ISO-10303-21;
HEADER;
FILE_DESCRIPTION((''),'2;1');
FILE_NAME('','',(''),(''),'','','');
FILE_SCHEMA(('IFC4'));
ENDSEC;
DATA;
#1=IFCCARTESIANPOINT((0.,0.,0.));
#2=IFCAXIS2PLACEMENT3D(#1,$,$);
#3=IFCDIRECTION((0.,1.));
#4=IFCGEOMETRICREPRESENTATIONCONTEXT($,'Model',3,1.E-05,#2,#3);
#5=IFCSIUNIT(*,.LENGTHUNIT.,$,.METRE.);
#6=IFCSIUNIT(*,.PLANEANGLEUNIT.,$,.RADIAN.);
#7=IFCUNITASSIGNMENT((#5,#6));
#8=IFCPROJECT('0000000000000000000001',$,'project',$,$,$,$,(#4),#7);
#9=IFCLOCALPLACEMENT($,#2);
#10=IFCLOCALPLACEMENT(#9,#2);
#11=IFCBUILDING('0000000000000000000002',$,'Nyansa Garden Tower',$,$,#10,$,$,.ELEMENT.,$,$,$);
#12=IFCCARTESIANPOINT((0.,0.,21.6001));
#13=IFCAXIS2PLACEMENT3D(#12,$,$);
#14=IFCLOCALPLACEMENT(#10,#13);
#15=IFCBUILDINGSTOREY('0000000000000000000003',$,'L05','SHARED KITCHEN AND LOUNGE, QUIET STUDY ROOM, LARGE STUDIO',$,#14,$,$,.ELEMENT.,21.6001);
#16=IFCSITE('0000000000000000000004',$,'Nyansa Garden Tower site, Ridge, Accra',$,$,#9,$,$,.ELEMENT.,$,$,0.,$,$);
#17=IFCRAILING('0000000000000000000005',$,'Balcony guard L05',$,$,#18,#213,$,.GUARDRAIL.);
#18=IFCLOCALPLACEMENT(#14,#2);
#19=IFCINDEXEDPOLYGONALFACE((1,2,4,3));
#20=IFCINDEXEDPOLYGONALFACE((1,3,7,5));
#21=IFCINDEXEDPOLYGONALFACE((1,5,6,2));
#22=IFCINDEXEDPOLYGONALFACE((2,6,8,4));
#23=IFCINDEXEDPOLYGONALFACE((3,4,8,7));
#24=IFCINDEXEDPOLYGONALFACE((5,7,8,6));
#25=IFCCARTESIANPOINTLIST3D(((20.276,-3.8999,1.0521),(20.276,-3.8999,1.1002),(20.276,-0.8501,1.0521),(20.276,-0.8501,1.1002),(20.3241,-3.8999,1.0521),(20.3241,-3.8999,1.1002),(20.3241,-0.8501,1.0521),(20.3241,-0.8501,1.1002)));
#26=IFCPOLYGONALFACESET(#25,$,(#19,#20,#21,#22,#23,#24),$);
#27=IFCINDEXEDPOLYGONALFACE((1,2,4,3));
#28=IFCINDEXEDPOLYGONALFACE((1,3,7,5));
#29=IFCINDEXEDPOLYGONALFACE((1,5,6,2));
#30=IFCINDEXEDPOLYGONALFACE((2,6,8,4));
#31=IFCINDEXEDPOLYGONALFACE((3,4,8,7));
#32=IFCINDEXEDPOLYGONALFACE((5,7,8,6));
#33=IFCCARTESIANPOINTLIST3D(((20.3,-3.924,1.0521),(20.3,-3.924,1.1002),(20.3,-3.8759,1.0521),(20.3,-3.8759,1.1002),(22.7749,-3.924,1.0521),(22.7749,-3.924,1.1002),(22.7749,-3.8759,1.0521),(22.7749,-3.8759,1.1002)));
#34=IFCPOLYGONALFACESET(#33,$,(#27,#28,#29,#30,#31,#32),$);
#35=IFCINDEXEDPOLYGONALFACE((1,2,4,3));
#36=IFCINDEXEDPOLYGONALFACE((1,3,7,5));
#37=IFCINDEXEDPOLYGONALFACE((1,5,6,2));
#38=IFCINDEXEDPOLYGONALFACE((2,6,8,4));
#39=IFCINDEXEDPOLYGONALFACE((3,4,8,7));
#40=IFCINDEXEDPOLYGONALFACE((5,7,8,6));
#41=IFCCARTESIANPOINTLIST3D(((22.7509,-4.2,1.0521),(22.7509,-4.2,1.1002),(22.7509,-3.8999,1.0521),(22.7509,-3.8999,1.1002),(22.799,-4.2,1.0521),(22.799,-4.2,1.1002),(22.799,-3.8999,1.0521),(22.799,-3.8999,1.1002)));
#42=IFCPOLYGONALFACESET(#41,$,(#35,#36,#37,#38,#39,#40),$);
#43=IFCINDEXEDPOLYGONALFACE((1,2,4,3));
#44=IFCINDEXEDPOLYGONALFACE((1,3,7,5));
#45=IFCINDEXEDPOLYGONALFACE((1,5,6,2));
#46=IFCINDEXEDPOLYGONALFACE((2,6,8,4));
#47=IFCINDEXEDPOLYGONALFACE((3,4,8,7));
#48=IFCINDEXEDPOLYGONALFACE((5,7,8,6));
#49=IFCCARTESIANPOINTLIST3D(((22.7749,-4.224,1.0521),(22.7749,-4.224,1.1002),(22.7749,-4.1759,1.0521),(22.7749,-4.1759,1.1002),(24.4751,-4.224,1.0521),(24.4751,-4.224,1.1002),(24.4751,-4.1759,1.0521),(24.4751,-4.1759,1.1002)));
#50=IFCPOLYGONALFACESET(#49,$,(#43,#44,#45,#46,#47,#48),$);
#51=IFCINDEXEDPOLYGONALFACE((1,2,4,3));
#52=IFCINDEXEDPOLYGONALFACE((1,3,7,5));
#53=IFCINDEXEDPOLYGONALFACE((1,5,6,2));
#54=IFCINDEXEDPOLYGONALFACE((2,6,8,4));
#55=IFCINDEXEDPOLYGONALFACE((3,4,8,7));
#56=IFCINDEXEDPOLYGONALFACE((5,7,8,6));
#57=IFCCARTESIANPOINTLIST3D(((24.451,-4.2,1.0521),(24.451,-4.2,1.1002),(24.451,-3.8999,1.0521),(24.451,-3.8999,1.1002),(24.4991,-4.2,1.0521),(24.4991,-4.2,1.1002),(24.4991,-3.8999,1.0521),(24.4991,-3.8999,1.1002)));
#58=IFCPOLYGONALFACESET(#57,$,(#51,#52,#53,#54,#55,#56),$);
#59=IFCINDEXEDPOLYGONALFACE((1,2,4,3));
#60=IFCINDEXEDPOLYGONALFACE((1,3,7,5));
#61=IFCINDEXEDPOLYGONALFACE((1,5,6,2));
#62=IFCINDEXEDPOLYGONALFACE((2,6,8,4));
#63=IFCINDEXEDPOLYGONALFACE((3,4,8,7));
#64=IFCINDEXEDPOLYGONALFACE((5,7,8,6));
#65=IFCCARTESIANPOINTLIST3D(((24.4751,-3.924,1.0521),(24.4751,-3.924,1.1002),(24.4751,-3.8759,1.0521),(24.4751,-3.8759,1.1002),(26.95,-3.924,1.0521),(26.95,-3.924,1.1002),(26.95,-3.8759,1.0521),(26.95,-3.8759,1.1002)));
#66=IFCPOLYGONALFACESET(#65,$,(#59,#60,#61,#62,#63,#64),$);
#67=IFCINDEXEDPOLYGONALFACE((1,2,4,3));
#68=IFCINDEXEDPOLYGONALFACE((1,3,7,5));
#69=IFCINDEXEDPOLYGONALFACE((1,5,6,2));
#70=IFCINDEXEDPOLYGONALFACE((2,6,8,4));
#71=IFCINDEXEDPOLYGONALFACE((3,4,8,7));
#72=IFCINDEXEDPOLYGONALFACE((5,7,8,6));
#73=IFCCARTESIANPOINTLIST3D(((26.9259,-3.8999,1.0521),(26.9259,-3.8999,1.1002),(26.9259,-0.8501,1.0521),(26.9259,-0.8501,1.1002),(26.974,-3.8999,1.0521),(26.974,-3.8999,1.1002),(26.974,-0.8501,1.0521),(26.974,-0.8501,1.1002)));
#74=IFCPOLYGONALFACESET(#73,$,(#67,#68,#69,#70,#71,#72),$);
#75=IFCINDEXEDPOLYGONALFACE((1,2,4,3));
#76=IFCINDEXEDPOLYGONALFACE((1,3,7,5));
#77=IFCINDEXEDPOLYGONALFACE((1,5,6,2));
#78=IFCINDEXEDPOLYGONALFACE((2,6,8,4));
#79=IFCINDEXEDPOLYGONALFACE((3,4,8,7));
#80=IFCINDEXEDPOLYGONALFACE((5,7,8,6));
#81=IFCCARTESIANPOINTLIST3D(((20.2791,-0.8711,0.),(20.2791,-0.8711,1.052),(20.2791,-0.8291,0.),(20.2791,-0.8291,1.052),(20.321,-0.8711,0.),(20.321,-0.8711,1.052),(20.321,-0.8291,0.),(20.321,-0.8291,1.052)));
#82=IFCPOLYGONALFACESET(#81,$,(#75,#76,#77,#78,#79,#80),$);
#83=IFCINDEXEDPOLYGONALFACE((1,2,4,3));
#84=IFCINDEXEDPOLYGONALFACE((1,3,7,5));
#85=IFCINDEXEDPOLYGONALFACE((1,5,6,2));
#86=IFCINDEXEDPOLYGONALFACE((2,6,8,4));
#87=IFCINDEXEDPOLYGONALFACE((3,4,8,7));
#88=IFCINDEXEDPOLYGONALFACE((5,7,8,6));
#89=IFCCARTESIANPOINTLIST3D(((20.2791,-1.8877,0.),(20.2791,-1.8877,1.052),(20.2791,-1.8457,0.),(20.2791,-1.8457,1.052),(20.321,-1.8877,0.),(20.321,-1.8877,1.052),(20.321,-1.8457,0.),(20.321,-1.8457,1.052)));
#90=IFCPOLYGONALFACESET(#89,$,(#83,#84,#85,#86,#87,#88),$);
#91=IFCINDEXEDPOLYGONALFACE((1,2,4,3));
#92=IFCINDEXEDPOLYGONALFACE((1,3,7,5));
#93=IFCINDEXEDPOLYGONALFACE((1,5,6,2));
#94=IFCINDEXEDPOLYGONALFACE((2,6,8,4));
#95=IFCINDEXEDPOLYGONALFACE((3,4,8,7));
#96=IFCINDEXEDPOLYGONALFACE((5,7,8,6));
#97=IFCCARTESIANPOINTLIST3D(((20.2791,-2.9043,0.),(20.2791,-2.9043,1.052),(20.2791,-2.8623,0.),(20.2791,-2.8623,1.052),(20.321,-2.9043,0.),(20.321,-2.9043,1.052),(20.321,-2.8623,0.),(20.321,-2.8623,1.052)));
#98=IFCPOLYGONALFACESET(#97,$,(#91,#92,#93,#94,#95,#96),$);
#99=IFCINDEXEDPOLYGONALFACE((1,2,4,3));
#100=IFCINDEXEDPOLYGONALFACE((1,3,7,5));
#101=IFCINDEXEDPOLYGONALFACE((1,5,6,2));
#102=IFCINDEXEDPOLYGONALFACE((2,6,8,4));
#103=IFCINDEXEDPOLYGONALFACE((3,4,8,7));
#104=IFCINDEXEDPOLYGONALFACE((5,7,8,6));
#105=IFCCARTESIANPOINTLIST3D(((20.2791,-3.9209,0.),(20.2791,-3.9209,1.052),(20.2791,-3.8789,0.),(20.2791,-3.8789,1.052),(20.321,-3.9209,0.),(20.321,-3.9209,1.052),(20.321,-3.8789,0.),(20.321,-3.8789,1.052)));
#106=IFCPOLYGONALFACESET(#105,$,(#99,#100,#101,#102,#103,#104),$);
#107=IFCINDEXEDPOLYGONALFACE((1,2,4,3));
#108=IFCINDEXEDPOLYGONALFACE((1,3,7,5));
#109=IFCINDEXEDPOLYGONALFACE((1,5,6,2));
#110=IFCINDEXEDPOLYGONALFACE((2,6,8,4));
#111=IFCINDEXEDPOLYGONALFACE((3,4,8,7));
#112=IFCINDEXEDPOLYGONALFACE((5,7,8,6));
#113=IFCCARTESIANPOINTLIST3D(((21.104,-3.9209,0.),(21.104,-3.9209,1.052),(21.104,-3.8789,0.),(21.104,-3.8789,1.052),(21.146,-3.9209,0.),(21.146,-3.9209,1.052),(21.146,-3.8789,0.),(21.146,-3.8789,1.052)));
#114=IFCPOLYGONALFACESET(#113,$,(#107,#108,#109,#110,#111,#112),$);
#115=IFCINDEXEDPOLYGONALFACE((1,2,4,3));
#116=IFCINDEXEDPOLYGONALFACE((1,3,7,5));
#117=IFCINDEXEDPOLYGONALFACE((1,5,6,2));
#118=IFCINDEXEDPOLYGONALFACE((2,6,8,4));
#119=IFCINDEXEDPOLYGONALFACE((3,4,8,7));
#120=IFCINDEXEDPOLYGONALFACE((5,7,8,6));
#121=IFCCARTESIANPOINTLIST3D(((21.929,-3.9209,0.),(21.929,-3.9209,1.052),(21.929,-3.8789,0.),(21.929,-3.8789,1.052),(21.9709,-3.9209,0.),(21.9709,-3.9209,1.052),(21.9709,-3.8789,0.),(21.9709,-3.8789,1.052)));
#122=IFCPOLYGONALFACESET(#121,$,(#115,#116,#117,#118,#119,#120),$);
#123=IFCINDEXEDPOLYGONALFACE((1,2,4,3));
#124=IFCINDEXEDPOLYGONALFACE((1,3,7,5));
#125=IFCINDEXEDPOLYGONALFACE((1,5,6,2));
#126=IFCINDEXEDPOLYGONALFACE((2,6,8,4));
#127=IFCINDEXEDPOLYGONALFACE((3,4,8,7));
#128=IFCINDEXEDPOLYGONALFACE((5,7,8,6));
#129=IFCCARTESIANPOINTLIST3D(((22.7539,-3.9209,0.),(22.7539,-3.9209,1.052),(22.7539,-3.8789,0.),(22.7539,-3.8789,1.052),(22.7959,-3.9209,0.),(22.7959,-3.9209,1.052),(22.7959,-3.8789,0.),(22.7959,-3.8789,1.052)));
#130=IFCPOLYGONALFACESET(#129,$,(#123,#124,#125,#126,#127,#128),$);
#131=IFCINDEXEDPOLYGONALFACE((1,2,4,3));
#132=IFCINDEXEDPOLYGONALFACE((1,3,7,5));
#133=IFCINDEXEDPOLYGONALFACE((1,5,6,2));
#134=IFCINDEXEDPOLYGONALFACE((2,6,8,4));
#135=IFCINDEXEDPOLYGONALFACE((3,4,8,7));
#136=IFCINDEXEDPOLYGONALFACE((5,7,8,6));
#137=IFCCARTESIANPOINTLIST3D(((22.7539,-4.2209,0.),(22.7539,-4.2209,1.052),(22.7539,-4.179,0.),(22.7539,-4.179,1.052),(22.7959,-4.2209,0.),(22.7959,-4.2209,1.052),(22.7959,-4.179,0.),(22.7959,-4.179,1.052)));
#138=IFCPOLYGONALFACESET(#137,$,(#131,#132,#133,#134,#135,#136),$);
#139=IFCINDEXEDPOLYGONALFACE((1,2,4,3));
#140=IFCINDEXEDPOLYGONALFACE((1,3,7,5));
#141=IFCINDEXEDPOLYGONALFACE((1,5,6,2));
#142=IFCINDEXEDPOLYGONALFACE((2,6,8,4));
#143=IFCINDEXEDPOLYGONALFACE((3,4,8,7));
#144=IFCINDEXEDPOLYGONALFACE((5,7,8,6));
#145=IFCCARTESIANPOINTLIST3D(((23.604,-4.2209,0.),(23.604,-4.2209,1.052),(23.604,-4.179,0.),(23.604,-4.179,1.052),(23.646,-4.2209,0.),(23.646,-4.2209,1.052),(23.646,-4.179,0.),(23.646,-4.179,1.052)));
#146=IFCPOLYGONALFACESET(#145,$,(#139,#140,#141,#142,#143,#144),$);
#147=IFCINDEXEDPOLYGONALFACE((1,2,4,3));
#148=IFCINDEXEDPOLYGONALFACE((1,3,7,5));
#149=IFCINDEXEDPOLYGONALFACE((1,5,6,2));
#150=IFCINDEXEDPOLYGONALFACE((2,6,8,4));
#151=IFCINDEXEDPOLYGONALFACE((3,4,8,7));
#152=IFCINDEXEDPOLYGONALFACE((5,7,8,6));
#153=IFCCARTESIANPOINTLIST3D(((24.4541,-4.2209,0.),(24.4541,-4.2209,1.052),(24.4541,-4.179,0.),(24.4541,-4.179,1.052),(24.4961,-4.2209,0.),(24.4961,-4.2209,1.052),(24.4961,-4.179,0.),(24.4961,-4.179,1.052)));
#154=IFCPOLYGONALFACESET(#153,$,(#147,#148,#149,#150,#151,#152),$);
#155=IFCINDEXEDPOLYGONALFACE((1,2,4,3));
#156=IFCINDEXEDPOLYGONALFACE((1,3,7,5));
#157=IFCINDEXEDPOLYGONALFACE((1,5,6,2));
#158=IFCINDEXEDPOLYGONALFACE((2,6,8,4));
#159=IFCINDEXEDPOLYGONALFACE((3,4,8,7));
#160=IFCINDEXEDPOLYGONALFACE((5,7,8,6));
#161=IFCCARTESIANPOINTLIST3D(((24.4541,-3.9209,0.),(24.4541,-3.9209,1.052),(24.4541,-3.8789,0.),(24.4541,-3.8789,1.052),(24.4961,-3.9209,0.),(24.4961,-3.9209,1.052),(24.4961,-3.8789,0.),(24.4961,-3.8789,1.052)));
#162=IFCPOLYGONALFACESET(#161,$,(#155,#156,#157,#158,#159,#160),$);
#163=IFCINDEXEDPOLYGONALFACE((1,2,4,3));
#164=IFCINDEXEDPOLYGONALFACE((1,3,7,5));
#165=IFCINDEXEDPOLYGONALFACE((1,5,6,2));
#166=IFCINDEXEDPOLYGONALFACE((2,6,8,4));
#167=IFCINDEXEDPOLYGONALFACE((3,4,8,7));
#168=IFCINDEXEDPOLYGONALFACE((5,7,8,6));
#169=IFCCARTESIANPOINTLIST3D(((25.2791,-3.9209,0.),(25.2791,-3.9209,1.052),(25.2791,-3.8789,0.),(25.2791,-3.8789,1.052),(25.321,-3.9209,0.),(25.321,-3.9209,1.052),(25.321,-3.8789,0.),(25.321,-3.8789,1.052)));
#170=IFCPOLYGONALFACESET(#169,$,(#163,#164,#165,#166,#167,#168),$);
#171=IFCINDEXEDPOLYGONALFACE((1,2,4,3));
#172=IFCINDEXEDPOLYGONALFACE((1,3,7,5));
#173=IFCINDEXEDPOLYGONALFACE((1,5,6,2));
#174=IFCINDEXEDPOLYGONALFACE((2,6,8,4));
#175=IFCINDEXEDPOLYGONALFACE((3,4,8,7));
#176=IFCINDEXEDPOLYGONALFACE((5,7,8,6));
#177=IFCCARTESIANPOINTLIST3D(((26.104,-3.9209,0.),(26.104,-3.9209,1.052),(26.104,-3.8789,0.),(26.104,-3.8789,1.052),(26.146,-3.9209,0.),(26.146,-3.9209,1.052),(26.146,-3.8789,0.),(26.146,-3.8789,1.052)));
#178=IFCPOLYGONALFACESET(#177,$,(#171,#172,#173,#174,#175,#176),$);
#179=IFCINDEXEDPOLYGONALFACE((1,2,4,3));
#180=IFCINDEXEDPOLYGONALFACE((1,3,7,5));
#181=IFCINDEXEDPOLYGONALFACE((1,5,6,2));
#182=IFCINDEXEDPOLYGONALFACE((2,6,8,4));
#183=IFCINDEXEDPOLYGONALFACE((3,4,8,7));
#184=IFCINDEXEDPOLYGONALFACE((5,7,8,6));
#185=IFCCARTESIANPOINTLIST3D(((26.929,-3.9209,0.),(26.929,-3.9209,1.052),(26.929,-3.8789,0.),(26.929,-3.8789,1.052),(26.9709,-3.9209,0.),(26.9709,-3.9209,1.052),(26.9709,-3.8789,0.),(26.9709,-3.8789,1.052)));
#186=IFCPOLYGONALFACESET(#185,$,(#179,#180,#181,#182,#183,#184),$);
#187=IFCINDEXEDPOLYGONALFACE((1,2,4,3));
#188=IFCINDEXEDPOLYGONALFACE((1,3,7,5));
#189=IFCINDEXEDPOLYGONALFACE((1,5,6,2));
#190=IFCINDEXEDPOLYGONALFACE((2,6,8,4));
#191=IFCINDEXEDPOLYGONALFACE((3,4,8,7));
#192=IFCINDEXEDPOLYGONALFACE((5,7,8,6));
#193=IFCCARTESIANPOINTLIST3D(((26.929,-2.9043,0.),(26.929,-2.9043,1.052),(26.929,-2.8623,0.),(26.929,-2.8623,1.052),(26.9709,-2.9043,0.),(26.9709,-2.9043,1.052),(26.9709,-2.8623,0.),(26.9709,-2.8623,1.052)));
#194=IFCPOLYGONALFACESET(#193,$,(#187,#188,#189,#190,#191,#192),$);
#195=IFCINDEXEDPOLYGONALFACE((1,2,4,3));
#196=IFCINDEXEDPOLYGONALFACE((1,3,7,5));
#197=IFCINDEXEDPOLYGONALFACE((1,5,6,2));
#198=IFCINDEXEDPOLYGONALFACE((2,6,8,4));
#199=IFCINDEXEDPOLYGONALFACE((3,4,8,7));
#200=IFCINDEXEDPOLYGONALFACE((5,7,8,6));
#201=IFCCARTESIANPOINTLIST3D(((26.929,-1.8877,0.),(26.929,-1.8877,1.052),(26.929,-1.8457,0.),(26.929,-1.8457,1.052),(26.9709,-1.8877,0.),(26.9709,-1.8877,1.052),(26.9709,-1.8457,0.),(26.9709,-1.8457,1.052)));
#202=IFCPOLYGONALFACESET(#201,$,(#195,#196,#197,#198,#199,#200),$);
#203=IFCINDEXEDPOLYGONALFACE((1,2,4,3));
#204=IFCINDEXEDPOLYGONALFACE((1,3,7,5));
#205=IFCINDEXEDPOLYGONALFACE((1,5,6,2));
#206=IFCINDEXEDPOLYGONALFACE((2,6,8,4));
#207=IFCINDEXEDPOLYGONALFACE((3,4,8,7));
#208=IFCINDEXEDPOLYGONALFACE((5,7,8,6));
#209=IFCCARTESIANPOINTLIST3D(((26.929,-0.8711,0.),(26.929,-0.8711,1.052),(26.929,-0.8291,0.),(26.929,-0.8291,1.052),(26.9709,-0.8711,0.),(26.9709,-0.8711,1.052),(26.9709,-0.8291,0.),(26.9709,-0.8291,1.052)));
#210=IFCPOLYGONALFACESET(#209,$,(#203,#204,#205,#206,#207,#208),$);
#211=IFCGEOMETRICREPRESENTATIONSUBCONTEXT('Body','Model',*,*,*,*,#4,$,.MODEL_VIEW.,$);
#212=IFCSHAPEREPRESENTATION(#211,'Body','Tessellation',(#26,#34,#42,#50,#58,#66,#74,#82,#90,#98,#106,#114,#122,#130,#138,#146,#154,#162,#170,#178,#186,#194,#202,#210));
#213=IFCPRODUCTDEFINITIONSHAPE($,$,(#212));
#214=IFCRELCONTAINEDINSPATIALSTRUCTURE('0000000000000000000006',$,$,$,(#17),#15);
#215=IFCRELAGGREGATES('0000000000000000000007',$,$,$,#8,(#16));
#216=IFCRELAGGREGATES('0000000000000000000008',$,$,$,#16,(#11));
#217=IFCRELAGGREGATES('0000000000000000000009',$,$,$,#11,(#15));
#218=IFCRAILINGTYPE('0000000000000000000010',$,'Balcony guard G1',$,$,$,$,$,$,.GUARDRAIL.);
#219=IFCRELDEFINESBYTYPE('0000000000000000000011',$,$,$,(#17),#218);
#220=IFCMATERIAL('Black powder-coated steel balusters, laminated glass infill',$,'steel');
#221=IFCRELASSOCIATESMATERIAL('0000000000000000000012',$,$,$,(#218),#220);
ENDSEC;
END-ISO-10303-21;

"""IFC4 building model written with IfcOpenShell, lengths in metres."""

from ifc_helpers import new_model, si_unit, direction, frame, origin, origin_2d, place, context, subcontext, project, spatial, rectangle, extrude, material, type_object, element, save


model = new_model("IFC4")

# Units and contexts
model_context = context("Model", 3, precision=1e-05, world=origin(), true_north=direction((0.0, 1.0)))
body_context = subcontext(model_context, "Body", "Model", "MODEL_VIEW")
ifc_project = project(units=[si_unit("LENGTHUNIT", "METRE"), si_unit("PLANEANGLEUNIT", "RADIAN")], contexts=[model_context])

# Site, building, storey
site_placement = place(None, origin())
site = spatial("IfcSite", under=ifc_project, at=site_placement, Name="Nyansa Garden Tower site, Ridge, Accra", CompositionType="ELEMENT", RefElevation=0.0)
building_placement = place(site_placement, origin())
building = spatial("IfcBuilding", under=site, at=building_placement, Name="Nyansa Garden Tower", CompositionType="ELEMENT")
storey_placement = place(building_placement, frame((0.0, 0.0, 21.6001)))
storey = spatial("IfcBuildingStorey", under=building, at=storey_placement, Name="L05", Description="SHARED KITCHEN AND LOUNGE, QUIET STUDY ROOM, LARGE STUDIO", CompositionType="ELEMENT", Elevation=21.6001)

# Railing
ifc_material_1 = material(Name="Black powder-coated steel balusters, laminated glass infill", Category="steel")
railing_type = type_object("IfcRailingType", Name="Balcony guard G1", PredefinedType="GUARDRAIL", material=ifc_material_1)
railing_placement = place(storey_placement, frame((20.3, -0.8501, 0.0)))
element("IfcRailing", 1, at=railing_placement, inside=storey, type_object=railing_type, Name="Balcony guard L05", PredefinedType="GUARDRAIL", context=body_context, shape_type="SweptSolid", body=[
    extrude(rectangle(XDim=0.0481, YDim=0.0481, at=origin_2d()), frame((0.0, 0.0, 1.0762), z_axis=(0.0, -1.0, 0.0), x_axis=(1.0, 0.0, 0.0)), (0.0, 0.0, 1.0), 3.0498),
    extrude(rectangle(XDim=0.0481, YDim=0.0481, at=origin_2d()), frame((0.0, -3.0498, 1.0762), z_axis=(1.0, 0.0, 0.0), x_axis=(0.0, 1.0, 0.0)), (0.0, 0.0, 1.0), 2.4749),
    extrude(rectangle(XDim=0.0481, YDim=0.0481, at=origin_2d()), frame((2.4749, -3.0498, 1.0762), z_axis=(0.0, -1.0, 0.0), x_axis=(1.0, 0.0, 0.0)), (0.0, 0.0, 1.0), 0.3),
    extrude(rectangle(XDim=0.0481, YDim=0.0481, at=origin_2d()), frame((2.4749, -3.3499, 1.0762), z_axis=(1.0, 0.0, 0.0), x_axis=(0.0, 1.0, 0.0)), (0.0, 0.0, 1.0), 1.7002),
    extrude(rectangle(XDim=0.0481, YDim=0.0481, at=origin_2d()), frame((4.175, -3.3499, 1.0762), z_axis=(0.0, 1.0, 0.0), x_axis=(-1.0, 0.0, 0.0)), (0.0, 0.0, 1.0), 0.3),
    extrude(rectangle(XDim=0.0481, YDim=0.0481, at=origin_2d()), frame((4.175, -3.0498, 1.0762), z_axis=(1.0, 0.0, 0.0), x_axis=(0.0, 1.0, 0.0)), (0.0, 0.0, 1.0), 2.4749),
    extrude(rectangle(XDim=0.0481, YDim=0.0481, at=origin_2d()), frame((6.6499, -3.0498, 1.0762), z_axis=(0.0, 1.0, 0.0), x_axis=(-1.0, 0.0, 0.0)), (0.0, 0.0, 1.0), 3.0498),
    extrude(rectangle(XDim=0.042, YDim=0.042, at=origin_2d()), origin(), (0.0, 0.0, 1.0), 1.052),
    extrude(rectangle(XDim=0.042, YDim=0.042, at=origin_2d()), frame((0.0, -1.0166, 0.0)), (0.0, 0.0, 1.0), 1.052),
    extrude(rectangle(XDim=0.042, YDim=0.042, at=origin_2d()), frame((0.0, -2.0332, 0.0)), (0.0, 0.0, 1.0), 1.052),
    extrude(rectangle(XDim=0.042, YDim=0.042, at=origin_2d()), frame((0.0, -3.0498, 0.0)), (0.0, 0.0, 1.0), 1.052),
    extrude(rectangle(XDim=0.042, YDim=0.042, at=origin_2d()), frame((0.825, -3.0498, 0.0)), (0.0, 0.0, 1.0), 1.052),
    extrude(rectangle(XDim=0.042, YDim=0.042, at=origin_2d()), frame((1.6499, -3.0498, 0.0)), (0.0, 0.0, 1.0), 1.052),
    extrude(rectangle(XDim=0.042, YDim=0.042, at=origin_2d()), frame((2.4749, -3.0498, 0.0)), (0.0, 0.0, 1.0), 1.052),
    extrude(rectangle(XDim=0.042, YDim=0.042, at=origin_2d()), frame((2.4749, -3.3499, 0.0)), (0.0, 0.0, 1.0), 1.052),
    extrude(rectangle(XDim=0.042, YDim=0.042, at=origin_2d()), frame((3.325, -3.3499, 0.0)), (0.0, 0.0, 1.0), 1.052),
    extrude(rectangle(XDim=0.042, YDim=0.042, at=origin_2d()), frame((4.175, -3.3499, 0.0)), (0.0, 0.0, 1.0), 1.052),
    extrude(rectangle(XDim=0.042, YDim=0.042, at=origin_2d()), frame((4.175, -3.0498, 0.0)), (0.0, 0.0, 1.0), 1.052),
    extrude(rectangle(XDim=0.042, YDim=0.042, at=origin_2d()), frame((5.0, -3.0498, 0.0)), (0.0, 0.0, 1.0), 1.052),
    extrude(rectangle(XDim=0.042, YDim=0.042, at=origin_2d()), frame((5.825, -3.0498, 0.0)), (0.0, 0.0, 1.0), 1.052),
    extrude(rectangle(XDim=0.042, YDim=0.042, at=origin_2d()), frame((6.6499, -3.0498, 0.0)), (0.0, 0.0, 1.0), 1.052),
    extrude(rectangle(XDim=0.042, YDim=0.042, at=origin_2d()), frame((6.6499, -2.0332, 0.0)), (0.0, 0.0, 1.0), 1.052),
    extrude(rectangle(XDim=0.042, YDim=0.042, at=origin_2d()), frame((6.6499, -1.0166, 0.0)), (0.0, 0.0, 1.0), 1.052),
    extrude(rectangle(XDim=0.042, YDim=0.042, at=origin_2d()), frame((6.6499, 0.0, 0.0)), (0.0, 0.0, 1.0), 1.052),
])

save(model, "model.ifc")
